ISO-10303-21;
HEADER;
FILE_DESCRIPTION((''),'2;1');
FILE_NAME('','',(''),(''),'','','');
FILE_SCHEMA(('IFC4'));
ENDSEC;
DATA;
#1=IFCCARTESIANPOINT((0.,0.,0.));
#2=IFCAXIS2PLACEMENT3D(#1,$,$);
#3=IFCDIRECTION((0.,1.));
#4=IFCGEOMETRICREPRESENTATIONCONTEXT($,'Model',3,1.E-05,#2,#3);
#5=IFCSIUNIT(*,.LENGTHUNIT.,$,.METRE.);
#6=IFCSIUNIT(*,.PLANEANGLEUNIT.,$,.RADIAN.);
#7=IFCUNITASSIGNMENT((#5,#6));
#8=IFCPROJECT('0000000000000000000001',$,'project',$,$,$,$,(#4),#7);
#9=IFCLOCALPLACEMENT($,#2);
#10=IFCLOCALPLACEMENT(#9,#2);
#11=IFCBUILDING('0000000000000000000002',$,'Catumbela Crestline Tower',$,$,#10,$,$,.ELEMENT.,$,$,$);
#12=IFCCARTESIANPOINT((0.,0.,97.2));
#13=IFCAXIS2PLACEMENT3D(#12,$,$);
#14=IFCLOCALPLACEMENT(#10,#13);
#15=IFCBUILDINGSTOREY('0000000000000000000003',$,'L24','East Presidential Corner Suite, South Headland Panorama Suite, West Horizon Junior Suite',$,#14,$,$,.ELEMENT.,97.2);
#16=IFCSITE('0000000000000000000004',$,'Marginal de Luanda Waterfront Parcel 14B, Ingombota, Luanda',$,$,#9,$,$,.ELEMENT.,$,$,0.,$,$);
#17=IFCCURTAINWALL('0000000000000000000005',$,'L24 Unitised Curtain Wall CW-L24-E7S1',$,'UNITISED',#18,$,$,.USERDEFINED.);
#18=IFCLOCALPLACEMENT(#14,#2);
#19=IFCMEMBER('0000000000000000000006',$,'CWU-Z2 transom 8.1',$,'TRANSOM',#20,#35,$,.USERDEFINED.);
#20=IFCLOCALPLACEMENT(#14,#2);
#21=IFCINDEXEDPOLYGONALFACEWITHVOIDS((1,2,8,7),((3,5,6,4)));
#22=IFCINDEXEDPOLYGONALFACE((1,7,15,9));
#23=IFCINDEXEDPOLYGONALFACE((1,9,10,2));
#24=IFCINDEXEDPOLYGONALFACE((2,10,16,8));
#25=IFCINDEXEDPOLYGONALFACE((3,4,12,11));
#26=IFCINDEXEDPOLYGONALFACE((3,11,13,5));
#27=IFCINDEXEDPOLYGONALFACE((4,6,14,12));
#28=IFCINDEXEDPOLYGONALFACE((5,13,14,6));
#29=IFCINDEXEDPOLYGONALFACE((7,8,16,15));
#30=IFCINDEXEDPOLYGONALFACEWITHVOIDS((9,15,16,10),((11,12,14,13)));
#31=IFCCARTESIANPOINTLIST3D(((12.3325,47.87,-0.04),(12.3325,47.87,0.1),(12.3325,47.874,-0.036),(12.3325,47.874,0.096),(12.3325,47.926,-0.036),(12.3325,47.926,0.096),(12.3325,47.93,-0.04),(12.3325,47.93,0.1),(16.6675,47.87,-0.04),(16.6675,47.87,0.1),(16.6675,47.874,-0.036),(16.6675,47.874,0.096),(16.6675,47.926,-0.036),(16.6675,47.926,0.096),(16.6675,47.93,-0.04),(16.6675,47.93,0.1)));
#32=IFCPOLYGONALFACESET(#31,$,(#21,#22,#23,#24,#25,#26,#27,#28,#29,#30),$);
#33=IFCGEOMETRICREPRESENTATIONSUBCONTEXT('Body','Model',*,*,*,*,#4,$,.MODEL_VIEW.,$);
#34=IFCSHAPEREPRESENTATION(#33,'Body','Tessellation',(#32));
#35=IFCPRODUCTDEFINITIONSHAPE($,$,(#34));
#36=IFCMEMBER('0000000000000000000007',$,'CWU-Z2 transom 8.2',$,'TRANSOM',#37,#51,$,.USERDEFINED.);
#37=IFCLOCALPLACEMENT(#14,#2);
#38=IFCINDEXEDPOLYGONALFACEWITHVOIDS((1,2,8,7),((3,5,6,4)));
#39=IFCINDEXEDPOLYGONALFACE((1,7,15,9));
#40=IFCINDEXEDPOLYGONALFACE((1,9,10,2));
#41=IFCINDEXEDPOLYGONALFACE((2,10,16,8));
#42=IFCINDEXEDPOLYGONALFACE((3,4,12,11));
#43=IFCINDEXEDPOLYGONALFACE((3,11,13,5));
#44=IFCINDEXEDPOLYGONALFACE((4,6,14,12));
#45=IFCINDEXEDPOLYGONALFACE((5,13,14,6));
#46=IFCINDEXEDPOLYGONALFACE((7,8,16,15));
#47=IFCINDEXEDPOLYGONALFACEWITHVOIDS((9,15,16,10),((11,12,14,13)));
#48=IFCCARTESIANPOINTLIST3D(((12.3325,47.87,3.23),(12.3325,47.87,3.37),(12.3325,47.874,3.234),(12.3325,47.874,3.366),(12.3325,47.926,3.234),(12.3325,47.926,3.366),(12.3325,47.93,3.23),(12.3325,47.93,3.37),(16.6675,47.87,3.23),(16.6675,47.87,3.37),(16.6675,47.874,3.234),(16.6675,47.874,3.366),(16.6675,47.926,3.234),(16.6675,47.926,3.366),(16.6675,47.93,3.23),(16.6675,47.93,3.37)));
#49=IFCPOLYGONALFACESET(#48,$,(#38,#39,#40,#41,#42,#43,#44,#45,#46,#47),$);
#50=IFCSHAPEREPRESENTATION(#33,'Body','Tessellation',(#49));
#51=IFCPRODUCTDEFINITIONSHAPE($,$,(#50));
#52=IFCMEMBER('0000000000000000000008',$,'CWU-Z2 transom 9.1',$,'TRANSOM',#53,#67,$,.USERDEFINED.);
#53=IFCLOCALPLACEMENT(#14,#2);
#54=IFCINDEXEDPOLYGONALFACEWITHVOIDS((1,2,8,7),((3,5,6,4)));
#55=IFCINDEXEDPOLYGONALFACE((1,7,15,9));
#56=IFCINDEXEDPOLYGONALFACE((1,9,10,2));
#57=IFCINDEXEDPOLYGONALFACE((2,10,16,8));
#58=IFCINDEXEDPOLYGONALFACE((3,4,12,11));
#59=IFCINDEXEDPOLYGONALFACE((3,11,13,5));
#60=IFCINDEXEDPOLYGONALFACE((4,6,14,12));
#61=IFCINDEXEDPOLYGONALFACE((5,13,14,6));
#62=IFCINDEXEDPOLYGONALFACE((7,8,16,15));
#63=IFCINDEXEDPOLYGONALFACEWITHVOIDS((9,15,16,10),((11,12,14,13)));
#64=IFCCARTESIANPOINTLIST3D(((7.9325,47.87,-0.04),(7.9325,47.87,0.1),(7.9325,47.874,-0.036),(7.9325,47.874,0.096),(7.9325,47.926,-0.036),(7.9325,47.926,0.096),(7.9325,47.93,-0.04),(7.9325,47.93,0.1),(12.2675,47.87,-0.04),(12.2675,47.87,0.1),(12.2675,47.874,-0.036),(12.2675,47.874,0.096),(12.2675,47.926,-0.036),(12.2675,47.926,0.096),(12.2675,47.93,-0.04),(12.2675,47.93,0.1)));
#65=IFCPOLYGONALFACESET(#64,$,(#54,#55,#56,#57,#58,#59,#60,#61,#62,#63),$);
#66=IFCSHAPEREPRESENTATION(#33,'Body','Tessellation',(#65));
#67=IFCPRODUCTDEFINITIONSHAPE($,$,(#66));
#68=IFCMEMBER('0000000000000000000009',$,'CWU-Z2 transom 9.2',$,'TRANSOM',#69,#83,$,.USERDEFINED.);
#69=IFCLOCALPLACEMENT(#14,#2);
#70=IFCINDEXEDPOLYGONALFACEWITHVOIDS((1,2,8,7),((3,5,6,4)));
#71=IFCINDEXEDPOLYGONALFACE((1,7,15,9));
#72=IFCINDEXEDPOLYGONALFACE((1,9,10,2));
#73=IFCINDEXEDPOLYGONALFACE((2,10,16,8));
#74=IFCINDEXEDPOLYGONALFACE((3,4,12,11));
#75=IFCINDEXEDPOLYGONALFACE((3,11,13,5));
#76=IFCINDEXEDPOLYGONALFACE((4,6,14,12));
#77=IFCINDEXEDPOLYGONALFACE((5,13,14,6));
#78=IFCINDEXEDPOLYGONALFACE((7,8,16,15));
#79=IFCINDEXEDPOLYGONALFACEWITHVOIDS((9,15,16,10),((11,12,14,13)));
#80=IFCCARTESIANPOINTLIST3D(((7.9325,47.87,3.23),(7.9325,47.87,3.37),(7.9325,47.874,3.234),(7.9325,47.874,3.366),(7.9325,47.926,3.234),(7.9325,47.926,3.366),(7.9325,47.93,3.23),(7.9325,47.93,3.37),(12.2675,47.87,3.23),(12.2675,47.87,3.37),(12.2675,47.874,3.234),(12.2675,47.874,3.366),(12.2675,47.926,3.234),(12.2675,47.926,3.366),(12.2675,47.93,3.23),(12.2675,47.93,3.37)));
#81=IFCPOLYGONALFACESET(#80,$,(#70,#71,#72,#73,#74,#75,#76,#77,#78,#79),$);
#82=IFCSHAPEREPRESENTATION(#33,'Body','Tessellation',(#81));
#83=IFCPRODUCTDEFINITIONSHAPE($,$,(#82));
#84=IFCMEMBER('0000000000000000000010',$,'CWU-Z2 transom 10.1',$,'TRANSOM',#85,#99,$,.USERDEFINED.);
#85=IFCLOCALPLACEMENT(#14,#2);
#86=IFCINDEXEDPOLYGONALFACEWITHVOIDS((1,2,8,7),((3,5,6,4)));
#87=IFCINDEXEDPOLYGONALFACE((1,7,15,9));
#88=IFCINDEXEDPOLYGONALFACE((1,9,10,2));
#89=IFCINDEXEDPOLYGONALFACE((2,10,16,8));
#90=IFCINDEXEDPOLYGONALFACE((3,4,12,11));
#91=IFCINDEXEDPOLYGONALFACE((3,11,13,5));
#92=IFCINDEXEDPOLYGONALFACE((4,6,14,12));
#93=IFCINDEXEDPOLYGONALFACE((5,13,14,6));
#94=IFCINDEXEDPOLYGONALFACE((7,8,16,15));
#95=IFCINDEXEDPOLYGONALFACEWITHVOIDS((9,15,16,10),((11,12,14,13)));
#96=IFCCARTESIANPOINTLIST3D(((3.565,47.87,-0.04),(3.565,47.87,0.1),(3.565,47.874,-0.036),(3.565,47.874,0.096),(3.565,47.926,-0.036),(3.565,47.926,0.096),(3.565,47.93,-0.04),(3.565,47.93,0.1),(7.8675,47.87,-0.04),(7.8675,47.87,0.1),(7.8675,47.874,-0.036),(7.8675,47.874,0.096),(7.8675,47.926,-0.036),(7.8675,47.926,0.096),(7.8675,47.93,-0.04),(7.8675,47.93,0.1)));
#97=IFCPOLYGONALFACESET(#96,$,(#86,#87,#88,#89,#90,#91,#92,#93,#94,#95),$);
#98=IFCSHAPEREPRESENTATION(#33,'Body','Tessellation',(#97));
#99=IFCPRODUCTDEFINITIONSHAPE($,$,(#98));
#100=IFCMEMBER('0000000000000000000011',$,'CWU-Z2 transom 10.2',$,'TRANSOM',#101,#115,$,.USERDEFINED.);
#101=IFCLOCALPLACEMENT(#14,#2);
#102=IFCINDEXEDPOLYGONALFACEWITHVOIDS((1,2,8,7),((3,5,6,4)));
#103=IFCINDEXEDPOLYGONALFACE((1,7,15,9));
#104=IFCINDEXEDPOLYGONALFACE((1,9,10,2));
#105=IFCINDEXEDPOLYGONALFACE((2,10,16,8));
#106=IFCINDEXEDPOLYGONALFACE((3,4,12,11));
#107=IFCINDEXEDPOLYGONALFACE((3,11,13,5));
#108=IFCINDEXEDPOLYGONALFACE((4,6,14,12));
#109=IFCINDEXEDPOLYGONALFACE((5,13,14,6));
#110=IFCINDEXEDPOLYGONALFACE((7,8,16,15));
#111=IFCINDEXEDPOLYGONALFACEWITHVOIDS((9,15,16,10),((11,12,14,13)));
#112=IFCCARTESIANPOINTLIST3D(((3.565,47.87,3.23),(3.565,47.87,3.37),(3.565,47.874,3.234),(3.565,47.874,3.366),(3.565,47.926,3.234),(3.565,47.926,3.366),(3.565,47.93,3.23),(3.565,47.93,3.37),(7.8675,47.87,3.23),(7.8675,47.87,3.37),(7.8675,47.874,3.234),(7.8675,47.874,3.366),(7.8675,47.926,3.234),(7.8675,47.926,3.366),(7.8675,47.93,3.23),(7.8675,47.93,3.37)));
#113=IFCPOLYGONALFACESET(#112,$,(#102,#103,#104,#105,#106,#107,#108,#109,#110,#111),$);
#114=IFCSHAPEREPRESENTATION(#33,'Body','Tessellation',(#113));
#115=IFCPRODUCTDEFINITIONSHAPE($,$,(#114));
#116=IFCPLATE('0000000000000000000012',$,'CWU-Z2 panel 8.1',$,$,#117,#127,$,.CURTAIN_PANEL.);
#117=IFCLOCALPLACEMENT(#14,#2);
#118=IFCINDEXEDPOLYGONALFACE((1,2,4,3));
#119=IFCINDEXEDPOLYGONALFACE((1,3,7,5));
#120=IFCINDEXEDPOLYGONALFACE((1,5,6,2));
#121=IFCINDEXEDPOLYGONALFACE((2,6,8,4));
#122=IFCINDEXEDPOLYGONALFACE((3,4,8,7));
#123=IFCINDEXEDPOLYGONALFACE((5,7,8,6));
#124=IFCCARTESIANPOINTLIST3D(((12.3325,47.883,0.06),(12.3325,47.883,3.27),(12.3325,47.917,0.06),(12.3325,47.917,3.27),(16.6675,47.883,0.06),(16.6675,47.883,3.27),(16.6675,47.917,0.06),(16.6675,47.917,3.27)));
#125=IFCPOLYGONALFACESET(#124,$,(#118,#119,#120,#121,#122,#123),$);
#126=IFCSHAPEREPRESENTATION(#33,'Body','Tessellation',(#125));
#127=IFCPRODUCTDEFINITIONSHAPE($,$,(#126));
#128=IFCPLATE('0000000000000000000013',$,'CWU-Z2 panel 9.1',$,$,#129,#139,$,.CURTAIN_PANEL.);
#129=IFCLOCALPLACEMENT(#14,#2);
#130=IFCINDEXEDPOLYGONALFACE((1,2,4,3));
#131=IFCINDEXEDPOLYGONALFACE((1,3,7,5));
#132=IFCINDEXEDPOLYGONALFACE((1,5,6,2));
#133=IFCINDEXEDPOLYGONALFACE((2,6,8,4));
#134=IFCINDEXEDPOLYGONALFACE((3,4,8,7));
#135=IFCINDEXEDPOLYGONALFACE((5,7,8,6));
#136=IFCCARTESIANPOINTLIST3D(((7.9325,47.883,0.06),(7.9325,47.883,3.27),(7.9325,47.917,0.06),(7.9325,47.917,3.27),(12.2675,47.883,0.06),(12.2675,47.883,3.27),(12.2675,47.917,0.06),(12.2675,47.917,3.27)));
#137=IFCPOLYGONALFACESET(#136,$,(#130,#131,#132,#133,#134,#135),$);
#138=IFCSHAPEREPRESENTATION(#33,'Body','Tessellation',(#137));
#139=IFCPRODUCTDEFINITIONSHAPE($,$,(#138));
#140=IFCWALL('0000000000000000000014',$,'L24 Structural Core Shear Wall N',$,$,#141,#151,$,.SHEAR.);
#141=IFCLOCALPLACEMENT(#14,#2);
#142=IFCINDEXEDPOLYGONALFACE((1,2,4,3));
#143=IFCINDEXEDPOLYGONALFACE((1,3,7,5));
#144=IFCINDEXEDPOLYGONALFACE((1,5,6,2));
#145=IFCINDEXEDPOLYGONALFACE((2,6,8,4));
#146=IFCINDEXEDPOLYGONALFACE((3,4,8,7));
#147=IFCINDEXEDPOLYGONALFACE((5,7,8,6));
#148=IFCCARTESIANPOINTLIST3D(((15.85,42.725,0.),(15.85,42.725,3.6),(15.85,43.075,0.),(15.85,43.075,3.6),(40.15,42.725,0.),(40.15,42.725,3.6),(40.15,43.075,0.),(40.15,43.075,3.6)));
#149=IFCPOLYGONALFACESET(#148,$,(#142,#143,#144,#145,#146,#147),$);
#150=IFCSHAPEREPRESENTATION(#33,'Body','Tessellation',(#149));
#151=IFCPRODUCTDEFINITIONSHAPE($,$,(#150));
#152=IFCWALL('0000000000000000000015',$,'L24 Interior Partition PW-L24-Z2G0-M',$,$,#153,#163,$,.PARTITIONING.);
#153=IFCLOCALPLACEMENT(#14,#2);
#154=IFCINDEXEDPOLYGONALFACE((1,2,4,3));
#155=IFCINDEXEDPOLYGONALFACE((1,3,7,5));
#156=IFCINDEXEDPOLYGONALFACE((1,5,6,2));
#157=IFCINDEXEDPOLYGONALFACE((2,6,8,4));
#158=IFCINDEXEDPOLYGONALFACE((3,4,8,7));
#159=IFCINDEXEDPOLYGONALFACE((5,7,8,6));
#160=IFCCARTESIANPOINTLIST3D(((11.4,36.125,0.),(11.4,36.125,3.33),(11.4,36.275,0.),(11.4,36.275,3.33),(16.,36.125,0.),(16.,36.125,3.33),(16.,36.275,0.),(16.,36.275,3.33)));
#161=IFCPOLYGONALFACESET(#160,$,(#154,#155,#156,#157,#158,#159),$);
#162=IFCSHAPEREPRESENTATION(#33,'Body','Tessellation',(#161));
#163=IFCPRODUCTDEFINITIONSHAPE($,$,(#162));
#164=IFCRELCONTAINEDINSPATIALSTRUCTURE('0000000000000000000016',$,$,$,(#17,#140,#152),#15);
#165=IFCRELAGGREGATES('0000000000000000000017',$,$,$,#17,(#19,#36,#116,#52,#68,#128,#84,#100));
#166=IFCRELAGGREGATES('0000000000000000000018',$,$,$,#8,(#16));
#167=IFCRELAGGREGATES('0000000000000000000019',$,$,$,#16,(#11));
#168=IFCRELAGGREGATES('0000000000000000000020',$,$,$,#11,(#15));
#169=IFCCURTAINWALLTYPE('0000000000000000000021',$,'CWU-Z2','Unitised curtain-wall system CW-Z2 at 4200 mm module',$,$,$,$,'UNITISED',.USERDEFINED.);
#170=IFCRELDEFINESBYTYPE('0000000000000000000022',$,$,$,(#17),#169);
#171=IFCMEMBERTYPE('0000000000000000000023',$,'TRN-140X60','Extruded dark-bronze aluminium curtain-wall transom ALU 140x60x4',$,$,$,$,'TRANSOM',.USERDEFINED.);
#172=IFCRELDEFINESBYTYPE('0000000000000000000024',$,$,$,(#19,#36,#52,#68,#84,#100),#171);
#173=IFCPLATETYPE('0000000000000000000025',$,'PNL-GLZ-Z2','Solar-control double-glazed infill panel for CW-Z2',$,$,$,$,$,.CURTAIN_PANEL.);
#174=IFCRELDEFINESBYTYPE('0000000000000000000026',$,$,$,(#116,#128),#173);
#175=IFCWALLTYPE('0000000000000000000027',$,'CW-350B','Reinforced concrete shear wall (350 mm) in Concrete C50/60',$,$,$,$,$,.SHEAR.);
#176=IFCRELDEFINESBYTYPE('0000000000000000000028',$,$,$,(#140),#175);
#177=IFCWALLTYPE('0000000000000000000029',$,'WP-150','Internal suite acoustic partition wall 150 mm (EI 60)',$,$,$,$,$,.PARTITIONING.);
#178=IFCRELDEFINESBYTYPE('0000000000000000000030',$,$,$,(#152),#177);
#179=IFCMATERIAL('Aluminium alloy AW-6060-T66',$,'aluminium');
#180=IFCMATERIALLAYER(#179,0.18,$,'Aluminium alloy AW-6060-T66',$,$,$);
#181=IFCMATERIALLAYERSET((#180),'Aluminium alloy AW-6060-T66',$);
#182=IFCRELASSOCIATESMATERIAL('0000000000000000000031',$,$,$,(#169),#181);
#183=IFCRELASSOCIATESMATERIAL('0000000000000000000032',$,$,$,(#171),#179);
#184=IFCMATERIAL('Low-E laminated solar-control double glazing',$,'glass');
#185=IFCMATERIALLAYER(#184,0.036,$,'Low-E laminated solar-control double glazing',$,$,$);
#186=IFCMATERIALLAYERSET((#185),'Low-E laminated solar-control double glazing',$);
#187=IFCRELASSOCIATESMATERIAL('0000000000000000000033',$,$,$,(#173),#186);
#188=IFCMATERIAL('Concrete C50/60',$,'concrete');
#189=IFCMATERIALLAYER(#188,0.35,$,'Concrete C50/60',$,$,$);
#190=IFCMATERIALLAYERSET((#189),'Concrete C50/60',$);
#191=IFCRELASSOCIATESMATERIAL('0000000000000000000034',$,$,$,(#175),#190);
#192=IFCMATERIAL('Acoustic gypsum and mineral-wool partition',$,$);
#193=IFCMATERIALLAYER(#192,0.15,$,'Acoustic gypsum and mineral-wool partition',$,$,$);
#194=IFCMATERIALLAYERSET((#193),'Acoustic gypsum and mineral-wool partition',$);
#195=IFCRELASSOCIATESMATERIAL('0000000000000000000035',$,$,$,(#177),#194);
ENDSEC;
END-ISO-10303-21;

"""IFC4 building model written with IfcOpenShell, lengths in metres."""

from ifc_helpers import new_model, si_unit, direction, frame, frame_2d, origin, origin_2d, place, context, subcontext, project, spatial, rectangle, hollow_rectangle, extrude, material, layer, layer_set, material_profile, profile_set, type_object, element, aggregate, save


model = new_model("IFC4")

# Units and contexts
model_context = context("Model", 3, precision=1e-05, world=origin(), true_north=direction((0.0, 1.0)))
body_context = subcontext(model_context, "Body", "Model", "MODEL_VIEW")
ifc_project = project(units=[si_unit("LENGTHUNIT", "METRE"), si_unit("PLANEANGLEUNIT", "RADIAN")], contexts=[model_context])

# Site, building, storey
site_placement = place(None, origin())
site = spatial("IfcSite", under=ifc_project, at=site_placement, Name="Marginal de Luanda Waterfront Parcel 14B, Ingombota, Luanda", CompositionType="ELEMENT", RefElevation=0.0)
building_placement = place(site_placement, origin())
building = spatial("IfcBuilding", under=site, at=building_placement, Name="Catumbela Crestline Tower", CompositionType="ELEMENT")
storey_placement = place(building_placement, frame((0.0, 0.0, 97.2)))
storey = spatial("IfcBuildingStorey", under=building, at=storey_placement, Name="L24", Description="East Presidential Corner Suite, South Headland Panorama Suite, West Horizon Junior Suite", CompositionType="ELEMENT", Elevation=97.2)

# Shared definitions
ifc_material_1 = material(Name="Concrete C50/60", Category="concrete")

# Curtain wall
ifc_material_2 = material(Name="Aluminium alloy AW-6060-T66", Category="aluminium")
ifc_layer_1 = layer(ifc_material_2, 0.18, Name="Aluminium alloy AW-6060-T66")
ifc_layer_set_1 = layer_set([ifc_layer_1], Name="Aluminium alloy AW-6060-T66")
curtain_wall_type = type_object("IfcCurtainWallType", Name="CWU-Z2", Description="Unitised curtain-wall system CW-Z2 at 4200 mm module", ElementType="UNITISED", PredefinedType="USERDEFINED", material=ifc_layer_set_1)
curtain_wall_placement = place(storey_placement, origin())
curtain_wall = element("IfcCurtainWall", 1, at=curtain_wall_placement, inside=storey, type_object=curtain_wall_type, Name="L24 Unitised Curtain Wall CW-L24-E7S1", ObjectType="UNITISED", PredefinedType="USERDEFINED")

# Members
ifc_material_profile_1 = material_profile(ifc_material_2, hollow_rectangle(XDim=0.06, YDim=0.14, WallThickness=0.004, at=origin_2d()), Name="ALU 140x60x4")
ifc_profile_set_1 = profile_set([ifc_material_profile_1], Name="Aluminium alloy AW-6060-T66")
member_type_1 = type_object("IfcMemberType", Name="TRN-140X60", Description="Extruded dark-bronze aluminium curtain-wall transom ALU 140x60x4", ElementType="TRANSOM", PredefinedType="USERDEFINED", material=ifc_profile_set_1)
member_1_placement = place(storey_placement, frame((16.6675, 47.9, 0.03), z_axis=(-1.0, 0.0, 0.0), x_axis=(0.0, -1.0, 0.0)))
member_1 = element("IfcMember", 2, at=member_1_placement, type_object=member_type_1, Name="CWU-Z2 transom 8.1", ObjectType="TRANSOM", PredefinedType="USERDEFINED", context=body_context, shape_type="SweptSolid", body=[
    extrude(hollow_rectangle(XDim=0.06, YDim=0.14, WallThickness=0.004, at=origin_2d()), origin(), (0.0, 0.0, 1.0), 4.335),
])
member_2_placement = place(storey_placement, frame((16.6675, 47.9, 3.3), z_axis=(-1.0, 0.0, 0.0), x_axis=(0.0, -1.0, 0.0)))
member_2 = element("IfcMember", 3, at=member_2_placement, type_object=member_type_1, Name="CWU-Z2 transom 8.2", ObjectType="TRANSOM", PredefinedType="USERDEFINED", context=body_context, shape_type="SweptSolid", body=[
    extrude(hollow_rectangle(XDim=0.06, YDim=0.14, WallThickness=0.004, at=origin_2d()), origin(), (0.0, 0.0, 1.0), 4.335),
])
member_3_placement = place(storey_placement, frame((12.2675, 47.9, 0.03), z_axis=(-1.0, 0.0, 0.0), x_axis=(0.0, -1.0, 0.0)))
member_3 = element("IfcMember", 4, at=member_3_placement, type_object=member_type_1, Name="CWU-Z2 transom 9.1", ObjectType="TRANSOM", PredefinedType="USERDEFINED", context=body_context, shape_type="SweptSolid", body=[
    extrude(hollow_rectangle(XDim=0.06, YDim=0.14, WallThickness=0.004, at=origin_2d()), origin(), (0.0, 0.0, 1.0), 4.335),
])
member_4_placement = place(storey_placement, frame((12.2675, 47.9, 3.3), z_axis=(-1.0, 0.0, 0.0), x_axis=(0.0, -1.0, 0.0)))
member_4 = element("IfcMember", 5, at=member_4_placement, type_object=member_type_1, Name="CWU-Z2 transom 9.2", ObjectType="TRANSOM", PredefinedType="USERDEFINED", context=body_context, shape_type="SweptSolid", body=[
    extrude(hollow_rectangle(XDim=0.06, YDim=0.14, WallThickness=0.004, at=origin_2d()), origin(), (0.0, 0.0, 1.0), 4.335),
])
member_5_placement = place(storey_placement, frame((7.8675, 47.9, 0.03), z_axis=(-1.0, 0.0, 0.0), x_axis=(0.0, -1.0, 0.0)))
member_5 = element("IfcMember", 6, at=member_5_placement, type_object=member_type_1, Name="CWU-Z2 transom 10.1", ObjectType="TRANSOM", PredefinedType="USERDEFINED", context=body_context, shape_type="SweptSolid", body=[
    extrude(hollow_rectangle(XDim=0.06, YDim=0.14, WallThickness=0.004, at=origin_2d()), origin(), (0.0, 0.0, 1.0), 4.3025),
])
member_6_placement = place(storey_placement, frame((7.8675, 47.9, 3.3), z_axis=(-1.0, 0.0, 0.0), x_axis=(0.0, -1.0, 0.0)))
member_6 = element("IfcMember", 7, at=member_6_placement, type_object=member_type_1, Name="CWU-Z2 transom 10.2", ObjectType="TRANSOM", PredefinedType="USERDEFINED", context=body_context, shape_type="SweptSolid", body=[
    extrude(hollow_rectangle(XDim=0.06, YDim=0.14, WallThickness=0.004, at=origin_2d()), origin(), (0.0, 0.0, 1.0), 4.3025),
])

# Plates
ifc_material_3 = material(Name="Low-E laminated solar-control double glazing", Category="glass")
ifc_layer_2 = layer(ifc_material_3, 0.036, Name="Low-E laminated solar-control double glazing")
ifc_layer_set_2 = layer_set([ifc_layer_2], Name="Low-E laminated solar-control double glazing")
plate_type = type_object("IfcPlateType", Name="PNL-GLZ-Z2", Description="Solar-control double-glazed infill panel for CW-Z2", PredefinedType="CURTAIN_PANEL", material=ifc_layer_set_2)
plate_1_placement = place(storey_placement, frame((14.5, 47.9, 0.06), z_axis=(0.0, 0.0, 1.0), x_axis=(-1.0, 0.0, 0.0)))
plate_1 = element("IfcPlate", 8, at=plate_1_placement, type_object=plate_type, Name="CWU-Z2 panel 8.1", PredefinedType="CURTAIN_PANEL", context=body_context, shape_type="SweptSolid", body=[
    extrude(rectangle(XDim=4.335, YDim=0.034, at=origin_2d()), origin(), (0.0, 0.0, 1.0), 3.21),
])
plate_2_placement = place(storey_placement, frame((10.1, 47.9, 0.06), z_axis=(0.0, 0.0, 1.0), x_axis=(-1.0, 0.0, 0.0)))
plate_2 = element("IfcPlate", 9, at=plate_2_placement, type_object=plate_type, Name="CWU-Z2 panel 9.1", PredefinedType="CURTAIN_PANEL", context=body_context, shape_type="SweptSolid", body=[
    extrude(rectangle(XDim=4.335, YDim=0.034, at=origin_2d()), origin(), (0.0, 0.0, 1.0), 3.21),
])
aggregate(curtain_wall, [member_1, member_2, plate_1, member_3, member_4, plate_2, member_5, member_6])

# Walls
ifc_layer_3 = layer(ifc_material_1, 0.35, Name="Concrete C50/60")
ifc_layer_set_3 = layer_set([ifc_layer_3], Name="Concrete C50/60")
wall_type_1 = type_object("IfcWallType", Name="CW-350B", Description="Reinforced concrete shear wall (350 mm) in Concrete C50/60", PredefinedType="SHEAR", material=ifc_layer_set_3)
wall_1_placement = place(storey_placement, frame((15.85, 42.9, 0.0), z_axis=(0.0, 0.0, 1.0), x_axis=(1.0, 0.0, 0.0)))
element("IfcWall", 10, at=wall_1_placement, inside=storey, type_object=wall_type_1, Name="L24 Structural Core Shear Wall N", PredefinedType="SHEAR", context=body_context, shape_type="SweptSolid", body=[
    extrude(rectangle(XDim=24.3, YDim=0.35, at=frame_2d((12.15, 0.0))), origin(), (0.0, 0.0, 1.0), 3.6),
])
ifc_material_4 = material(Name="Acoustic gypsum and mineral-wool partition")
ifc_layer_4 = layer(ifc_material_4, 0.15, Name="Acoustic gypsum and mineral-wool partition")
ifc_layer_set_4 = layer_set([ifc_layer_4], Name="Acoustic gypsum and mineral-wool partition")
wall_type_2 = type_object("IfcWallType", Name="WP-150", Description="Internal suite acoustic partition wall 150 mm (EI 60)", PredefinedType="PARTITIONING", material=ifc_layer_set_4)
wall_2_placement = place(storey_placement, frame((11.4, 36.2, 0.0), z_axis=(0.0, 0.0, 1.0), x_axis=(1.0, 0.0, 0.0)))
element("IfcWall", 11, at=wall_2_placement, inside=storey, type_object=wall_type_2, Name="L24 Interior Partition PW-L24-Z2G0-M", PredefinedType="PARTITIONING", context=body_context, shape_type="SweptSolid", body=[
    extrude(rectangle(XDim=4.6, YDim=0.15, at=frame_2d((2.3, 0.0))), origin(), (0.0, 0.0, 1.0), 3.33),
])

save(model, "model.ifc")
